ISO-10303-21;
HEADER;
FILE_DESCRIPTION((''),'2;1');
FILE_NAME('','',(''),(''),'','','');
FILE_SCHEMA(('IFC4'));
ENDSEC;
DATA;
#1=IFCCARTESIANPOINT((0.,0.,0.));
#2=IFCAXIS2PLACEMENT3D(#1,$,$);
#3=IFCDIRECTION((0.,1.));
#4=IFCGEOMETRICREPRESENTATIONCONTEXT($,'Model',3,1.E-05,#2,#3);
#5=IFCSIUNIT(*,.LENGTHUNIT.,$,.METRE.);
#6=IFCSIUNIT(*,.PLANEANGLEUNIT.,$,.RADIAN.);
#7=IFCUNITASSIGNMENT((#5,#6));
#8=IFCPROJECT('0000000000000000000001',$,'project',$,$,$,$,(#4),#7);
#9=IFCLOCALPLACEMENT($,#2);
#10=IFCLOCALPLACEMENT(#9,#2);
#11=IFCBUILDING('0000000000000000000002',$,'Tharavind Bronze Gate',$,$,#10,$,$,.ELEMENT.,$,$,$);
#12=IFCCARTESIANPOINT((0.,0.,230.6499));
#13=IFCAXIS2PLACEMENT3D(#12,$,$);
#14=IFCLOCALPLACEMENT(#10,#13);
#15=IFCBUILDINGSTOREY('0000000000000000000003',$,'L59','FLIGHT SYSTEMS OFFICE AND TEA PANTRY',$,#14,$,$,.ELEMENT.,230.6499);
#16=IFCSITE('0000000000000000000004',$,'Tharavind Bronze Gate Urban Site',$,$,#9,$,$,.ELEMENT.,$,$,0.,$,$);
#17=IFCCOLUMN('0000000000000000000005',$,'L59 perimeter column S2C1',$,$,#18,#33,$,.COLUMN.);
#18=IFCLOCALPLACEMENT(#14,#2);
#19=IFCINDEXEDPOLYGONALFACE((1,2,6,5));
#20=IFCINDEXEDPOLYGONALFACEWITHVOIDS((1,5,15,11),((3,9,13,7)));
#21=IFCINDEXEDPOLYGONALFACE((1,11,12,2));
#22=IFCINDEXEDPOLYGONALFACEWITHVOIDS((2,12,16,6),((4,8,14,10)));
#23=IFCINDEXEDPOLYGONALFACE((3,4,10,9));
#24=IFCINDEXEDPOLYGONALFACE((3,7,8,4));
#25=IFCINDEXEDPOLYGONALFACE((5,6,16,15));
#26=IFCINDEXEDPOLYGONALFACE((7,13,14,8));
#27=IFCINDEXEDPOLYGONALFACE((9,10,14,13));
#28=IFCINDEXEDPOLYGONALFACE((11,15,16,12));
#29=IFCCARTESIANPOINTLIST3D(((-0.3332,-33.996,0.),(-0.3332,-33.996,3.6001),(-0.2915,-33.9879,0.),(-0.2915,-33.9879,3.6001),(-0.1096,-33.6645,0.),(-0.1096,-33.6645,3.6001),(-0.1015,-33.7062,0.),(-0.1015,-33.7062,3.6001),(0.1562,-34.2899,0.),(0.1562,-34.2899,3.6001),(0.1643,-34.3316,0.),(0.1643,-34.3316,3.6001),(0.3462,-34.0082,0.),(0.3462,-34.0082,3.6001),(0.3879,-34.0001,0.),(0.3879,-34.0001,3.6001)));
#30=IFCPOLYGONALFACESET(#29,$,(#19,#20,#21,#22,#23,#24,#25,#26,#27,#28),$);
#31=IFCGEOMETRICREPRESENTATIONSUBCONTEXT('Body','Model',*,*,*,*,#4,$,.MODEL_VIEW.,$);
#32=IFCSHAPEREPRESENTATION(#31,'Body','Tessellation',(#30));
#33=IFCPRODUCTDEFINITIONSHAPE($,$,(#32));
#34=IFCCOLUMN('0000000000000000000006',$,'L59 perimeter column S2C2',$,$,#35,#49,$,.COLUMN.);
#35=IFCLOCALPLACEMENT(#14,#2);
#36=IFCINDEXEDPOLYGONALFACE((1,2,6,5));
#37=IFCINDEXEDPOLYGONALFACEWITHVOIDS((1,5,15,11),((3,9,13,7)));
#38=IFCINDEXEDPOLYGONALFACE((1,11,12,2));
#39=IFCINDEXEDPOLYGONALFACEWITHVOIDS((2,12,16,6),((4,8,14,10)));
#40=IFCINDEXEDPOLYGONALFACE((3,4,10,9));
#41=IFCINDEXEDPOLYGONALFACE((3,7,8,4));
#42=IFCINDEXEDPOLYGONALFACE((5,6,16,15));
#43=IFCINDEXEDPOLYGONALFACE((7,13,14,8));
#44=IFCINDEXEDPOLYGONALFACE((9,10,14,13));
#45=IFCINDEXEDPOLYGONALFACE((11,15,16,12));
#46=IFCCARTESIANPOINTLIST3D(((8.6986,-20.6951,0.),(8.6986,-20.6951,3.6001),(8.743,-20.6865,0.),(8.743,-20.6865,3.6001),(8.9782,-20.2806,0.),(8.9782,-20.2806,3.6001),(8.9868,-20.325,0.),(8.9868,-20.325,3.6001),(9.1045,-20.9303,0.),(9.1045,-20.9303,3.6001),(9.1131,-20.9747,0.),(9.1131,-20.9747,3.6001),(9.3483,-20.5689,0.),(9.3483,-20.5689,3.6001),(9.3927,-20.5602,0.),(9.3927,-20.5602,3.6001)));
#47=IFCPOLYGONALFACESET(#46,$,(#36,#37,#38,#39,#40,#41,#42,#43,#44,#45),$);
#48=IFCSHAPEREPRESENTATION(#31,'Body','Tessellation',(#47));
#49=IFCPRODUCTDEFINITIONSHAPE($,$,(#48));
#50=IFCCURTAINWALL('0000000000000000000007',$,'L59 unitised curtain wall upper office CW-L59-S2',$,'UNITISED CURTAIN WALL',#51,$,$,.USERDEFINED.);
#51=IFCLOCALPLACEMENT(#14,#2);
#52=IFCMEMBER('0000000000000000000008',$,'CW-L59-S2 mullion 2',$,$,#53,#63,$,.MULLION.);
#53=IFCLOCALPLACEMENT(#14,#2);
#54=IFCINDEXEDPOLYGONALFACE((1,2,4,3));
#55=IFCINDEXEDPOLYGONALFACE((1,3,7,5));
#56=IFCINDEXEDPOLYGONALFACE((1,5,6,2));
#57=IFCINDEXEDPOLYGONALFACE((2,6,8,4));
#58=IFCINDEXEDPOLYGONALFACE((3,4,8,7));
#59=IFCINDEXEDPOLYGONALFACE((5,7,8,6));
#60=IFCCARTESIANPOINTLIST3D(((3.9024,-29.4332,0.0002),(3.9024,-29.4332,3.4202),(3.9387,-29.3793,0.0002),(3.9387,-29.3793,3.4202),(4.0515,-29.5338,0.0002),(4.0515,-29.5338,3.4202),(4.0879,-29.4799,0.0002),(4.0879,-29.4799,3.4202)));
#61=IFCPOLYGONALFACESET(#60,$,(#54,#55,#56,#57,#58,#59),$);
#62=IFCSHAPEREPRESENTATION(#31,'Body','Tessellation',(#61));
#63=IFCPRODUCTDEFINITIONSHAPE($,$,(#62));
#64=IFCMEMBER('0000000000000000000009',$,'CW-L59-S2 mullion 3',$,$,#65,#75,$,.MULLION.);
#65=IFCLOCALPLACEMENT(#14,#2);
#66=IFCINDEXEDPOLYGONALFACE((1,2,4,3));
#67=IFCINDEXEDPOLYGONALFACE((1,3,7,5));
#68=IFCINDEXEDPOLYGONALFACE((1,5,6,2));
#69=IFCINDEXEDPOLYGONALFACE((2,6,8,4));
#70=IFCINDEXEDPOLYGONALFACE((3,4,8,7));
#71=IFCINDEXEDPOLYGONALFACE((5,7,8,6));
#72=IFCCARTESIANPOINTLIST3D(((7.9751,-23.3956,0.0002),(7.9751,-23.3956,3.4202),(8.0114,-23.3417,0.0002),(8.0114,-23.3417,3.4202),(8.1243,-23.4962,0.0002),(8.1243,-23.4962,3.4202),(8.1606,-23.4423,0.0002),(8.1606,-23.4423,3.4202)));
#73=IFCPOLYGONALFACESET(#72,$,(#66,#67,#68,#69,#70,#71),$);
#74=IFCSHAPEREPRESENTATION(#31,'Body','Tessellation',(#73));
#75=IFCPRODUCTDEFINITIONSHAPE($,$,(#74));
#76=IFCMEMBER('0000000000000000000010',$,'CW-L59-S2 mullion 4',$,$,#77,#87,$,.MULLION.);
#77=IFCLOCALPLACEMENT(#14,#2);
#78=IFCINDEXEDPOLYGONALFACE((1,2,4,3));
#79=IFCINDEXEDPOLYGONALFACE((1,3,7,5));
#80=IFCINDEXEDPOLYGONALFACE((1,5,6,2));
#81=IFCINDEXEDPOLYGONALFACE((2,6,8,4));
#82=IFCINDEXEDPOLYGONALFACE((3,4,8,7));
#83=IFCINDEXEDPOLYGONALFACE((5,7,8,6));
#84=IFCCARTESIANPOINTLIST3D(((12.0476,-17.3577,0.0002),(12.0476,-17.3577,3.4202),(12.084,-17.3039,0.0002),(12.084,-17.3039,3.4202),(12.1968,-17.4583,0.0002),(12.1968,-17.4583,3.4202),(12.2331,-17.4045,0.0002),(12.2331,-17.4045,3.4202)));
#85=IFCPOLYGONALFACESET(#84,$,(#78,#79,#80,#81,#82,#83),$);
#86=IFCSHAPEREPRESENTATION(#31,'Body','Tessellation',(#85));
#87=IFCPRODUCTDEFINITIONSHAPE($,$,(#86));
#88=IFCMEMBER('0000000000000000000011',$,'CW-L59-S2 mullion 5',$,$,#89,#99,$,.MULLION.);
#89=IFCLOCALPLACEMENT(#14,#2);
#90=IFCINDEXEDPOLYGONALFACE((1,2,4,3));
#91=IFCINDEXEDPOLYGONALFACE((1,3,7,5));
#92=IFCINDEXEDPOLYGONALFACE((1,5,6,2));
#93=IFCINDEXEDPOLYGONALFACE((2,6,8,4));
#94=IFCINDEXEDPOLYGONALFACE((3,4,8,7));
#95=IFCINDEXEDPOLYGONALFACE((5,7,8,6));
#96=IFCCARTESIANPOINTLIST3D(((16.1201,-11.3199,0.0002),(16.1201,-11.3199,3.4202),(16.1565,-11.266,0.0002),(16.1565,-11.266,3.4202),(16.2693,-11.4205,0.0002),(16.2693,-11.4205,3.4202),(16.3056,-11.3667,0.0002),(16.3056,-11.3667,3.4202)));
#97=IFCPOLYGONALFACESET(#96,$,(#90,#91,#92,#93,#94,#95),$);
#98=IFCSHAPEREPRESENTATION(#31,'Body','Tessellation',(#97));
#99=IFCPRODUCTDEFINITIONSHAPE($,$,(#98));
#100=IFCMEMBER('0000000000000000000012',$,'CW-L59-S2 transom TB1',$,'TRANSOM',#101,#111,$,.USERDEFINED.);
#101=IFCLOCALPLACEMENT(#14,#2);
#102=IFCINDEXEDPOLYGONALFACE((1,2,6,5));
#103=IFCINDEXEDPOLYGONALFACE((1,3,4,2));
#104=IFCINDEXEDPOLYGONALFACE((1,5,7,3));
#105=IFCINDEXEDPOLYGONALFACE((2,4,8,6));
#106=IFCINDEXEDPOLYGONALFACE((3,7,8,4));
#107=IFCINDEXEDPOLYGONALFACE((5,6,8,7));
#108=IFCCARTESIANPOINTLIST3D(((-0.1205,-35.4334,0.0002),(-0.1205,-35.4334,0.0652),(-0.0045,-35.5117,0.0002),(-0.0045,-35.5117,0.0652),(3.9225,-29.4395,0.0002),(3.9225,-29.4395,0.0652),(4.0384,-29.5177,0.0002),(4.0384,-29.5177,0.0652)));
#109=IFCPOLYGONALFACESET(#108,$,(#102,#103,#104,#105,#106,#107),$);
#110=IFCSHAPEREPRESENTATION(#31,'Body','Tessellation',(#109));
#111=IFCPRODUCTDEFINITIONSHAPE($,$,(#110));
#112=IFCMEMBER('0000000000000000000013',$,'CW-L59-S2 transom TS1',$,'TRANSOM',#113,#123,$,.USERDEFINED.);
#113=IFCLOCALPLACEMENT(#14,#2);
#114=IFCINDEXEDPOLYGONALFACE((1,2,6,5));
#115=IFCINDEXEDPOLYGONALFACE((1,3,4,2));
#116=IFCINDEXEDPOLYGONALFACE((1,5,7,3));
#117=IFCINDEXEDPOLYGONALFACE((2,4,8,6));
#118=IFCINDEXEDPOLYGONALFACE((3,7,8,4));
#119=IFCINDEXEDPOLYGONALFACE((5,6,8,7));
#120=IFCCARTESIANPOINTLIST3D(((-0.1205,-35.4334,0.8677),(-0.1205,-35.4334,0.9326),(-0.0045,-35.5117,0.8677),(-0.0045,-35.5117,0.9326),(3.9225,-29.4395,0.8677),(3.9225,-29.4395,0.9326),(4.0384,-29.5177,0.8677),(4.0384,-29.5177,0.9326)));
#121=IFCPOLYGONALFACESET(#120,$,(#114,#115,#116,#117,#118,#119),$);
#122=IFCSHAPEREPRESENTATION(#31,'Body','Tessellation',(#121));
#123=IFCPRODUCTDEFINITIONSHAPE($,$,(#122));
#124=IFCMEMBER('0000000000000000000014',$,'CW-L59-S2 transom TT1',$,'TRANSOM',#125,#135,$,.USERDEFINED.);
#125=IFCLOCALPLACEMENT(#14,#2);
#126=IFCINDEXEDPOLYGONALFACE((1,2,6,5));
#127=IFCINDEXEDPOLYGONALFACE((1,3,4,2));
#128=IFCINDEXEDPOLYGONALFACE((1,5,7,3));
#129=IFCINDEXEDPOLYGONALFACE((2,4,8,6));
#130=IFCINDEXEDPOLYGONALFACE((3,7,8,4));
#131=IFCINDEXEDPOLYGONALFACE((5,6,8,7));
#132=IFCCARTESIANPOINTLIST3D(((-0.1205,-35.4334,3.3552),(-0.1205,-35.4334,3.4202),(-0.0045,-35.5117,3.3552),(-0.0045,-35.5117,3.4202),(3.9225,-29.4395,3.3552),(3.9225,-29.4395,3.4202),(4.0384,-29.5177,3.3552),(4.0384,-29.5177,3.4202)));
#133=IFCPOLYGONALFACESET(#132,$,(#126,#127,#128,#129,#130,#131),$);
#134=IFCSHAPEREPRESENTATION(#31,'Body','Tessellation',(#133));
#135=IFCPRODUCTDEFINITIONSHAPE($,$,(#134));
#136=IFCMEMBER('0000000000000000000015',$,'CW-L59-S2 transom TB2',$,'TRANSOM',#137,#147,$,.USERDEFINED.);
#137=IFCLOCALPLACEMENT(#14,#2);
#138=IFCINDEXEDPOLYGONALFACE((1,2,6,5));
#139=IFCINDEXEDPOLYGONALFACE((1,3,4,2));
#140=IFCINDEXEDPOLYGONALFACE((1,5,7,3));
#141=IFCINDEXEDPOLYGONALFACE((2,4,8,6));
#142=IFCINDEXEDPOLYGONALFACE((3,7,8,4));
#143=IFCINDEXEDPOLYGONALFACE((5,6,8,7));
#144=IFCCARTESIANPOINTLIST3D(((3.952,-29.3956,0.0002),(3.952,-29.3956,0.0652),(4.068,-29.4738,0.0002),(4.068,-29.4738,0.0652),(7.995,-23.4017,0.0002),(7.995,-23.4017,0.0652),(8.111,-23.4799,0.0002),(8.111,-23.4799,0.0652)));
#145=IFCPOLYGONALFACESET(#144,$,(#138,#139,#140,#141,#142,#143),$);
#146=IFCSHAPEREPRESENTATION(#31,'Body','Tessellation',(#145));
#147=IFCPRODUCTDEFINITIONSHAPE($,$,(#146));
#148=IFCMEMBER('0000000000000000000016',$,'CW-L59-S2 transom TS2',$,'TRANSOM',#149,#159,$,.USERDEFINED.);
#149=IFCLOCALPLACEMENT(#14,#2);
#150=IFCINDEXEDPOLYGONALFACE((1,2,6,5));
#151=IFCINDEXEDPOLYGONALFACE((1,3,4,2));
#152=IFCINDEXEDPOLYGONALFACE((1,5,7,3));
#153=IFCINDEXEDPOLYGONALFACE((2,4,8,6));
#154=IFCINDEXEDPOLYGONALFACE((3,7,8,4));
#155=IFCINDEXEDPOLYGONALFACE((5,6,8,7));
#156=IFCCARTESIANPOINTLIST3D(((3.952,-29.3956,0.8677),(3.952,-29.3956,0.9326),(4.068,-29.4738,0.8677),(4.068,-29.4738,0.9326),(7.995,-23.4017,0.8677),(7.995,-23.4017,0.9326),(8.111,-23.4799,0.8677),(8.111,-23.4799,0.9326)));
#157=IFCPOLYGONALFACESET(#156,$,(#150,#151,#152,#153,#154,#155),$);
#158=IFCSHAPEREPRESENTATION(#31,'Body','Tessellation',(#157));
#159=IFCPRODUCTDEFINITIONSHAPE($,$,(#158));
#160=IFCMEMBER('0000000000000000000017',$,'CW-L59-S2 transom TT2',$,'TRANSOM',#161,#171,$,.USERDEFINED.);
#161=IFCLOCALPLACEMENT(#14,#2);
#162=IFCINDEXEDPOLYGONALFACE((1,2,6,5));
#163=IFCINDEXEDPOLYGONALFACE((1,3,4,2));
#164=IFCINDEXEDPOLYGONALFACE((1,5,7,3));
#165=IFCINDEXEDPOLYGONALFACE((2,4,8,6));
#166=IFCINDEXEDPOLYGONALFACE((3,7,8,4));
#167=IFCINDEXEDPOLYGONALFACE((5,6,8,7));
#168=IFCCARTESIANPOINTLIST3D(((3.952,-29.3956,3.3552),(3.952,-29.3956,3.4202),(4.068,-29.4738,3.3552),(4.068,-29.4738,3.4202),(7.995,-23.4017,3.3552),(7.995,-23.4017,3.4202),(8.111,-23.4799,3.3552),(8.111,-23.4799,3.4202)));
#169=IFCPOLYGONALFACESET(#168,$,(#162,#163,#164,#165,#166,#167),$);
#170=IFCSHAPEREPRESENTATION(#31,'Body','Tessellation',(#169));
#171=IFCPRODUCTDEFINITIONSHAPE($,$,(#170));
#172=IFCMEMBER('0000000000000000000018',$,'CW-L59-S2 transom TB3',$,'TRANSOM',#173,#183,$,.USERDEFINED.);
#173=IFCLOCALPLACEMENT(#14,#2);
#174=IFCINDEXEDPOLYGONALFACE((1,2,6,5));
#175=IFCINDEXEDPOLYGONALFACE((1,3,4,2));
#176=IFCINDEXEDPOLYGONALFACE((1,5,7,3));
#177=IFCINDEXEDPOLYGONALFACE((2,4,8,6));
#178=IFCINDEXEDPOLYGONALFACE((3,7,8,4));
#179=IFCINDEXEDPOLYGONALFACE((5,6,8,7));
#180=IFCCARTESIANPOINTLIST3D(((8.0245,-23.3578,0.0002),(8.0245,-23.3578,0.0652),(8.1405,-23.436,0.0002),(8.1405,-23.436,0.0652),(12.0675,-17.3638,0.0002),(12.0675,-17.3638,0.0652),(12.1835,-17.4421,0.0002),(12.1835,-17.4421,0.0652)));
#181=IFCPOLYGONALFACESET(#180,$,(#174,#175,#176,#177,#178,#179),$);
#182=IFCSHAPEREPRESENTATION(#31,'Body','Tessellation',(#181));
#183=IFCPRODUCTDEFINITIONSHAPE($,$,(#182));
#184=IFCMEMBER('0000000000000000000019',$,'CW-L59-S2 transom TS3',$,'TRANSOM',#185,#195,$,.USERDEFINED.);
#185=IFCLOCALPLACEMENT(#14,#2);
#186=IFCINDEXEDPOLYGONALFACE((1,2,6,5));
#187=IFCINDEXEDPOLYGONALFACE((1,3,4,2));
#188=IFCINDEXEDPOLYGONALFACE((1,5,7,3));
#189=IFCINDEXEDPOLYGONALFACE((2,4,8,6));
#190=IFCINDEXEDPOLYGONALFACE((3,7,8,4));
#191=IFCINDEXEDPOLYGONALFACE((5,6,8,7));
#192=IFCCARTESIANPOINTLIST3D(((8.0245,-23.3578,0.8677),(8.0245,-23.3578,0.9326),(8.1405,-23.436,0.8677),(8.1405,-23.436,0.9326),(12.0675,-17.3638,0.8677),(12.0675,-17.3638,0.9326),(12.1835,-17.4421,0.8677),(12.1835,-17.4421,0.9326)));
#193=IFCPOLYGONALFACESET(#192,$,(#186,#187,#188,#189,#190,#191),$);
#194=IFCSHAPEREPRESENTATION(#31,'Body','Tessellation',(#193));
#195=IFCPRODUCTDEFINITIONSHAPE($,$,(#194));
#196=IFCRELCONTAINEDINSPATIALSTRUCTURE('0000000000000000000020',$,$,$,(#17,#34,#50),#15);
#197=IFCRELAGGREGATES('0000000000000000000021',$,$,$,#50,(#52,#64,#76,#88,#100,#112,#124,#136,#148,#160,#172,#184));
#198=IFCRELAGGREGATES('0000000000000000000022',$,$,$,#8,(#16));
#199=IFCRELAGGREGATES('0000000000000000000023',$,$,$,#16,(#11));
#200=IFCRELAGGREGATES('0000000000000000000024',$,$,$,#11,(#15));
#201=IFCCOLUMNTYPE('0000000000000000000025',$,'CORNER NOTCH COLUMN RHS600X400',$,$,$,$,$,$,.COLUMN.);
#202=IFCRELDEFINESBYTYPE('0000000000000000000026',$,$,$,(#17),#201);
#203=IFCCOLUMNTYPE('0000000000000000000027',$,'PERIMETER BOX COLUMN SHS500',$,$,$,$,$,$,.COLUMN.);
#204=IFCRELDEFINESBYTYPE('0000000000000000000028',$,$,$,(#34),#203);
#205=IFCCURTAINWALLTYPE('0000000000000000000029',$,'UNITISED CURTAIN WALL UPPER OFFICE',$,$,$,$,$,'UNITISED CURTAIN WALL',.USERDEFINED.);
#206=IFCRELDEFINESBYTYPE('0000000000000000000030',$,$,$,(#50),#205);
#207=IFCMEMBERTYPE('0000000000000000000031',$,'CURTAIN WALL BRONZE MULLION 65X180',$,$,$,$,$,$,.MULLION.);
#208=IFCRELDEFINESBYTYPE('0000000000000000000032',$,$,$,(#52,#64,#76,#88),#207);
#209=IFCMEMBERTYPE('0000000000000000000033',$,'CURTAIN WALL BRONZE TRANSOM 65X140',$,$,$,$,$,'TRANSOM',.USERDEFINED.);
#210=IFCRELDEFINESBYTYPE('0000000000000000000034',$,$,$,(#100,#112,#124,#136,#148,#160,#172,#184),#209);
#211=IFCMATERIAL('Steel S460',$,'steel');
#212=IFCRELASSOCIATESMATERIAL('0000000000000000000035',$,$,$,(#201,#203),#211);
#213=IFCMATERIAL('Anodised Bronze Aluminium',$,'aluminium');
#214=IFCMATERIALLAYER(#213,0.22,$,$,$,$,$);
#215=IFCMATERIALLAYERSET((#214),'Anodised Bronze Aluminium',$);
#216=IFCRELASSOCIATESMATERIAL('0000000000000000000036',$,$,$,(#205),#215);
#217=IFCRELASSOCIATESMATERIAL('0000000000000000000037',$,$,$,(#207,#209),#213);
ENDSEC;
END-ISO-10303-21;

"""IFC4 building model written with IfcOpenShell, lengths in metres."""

from ifc_helpers import new_model, si_unit, direction, frame, origin, origin_2d, place, context, subcontext, project, spatial, rectangle, hollow_rectangle, extrude, material, layer, layer_set, material_profile, profile_set, type_object, element, aggregate, save


model = new_model("IFC4")

# Units and contexts
model_context = context("Model", 3, precision=1e-05, world=origin(), true_north=direction((0.0, 1.0)))
body_context = subcontext(model_context, "Body", "Model", "MODEL_VIEW")
ifc_project = project(units=[si_unit("LENGTHUNIT", "METRE"), si_unit("PLANEANGLEUNIT", "RADIAN")], contexts=[model_context])

# Site, building, storey
site_placement = place(None, origin())
site = spatial("IfcSite", under=ifc_project, at=site_placement, Name="Tharavind Bronze Gate Urban Site", CompositionType="ELEMENT", RefElevation=0.0)
building_placement = place(site_placement, origin())
building = spatial("IfcBuilding", under=site, at=building_placement, Name="Tharavind Bronze Gate", CompositionType="ELEMENT")
storey_placement = place(building_placement, frame((0.0, 0.0, 230.6499)))
storey = spatial("IfcBuildingStorey", under=building, at=storey_placement, Name="L59", Description="FLIGHT SYSTEMS OFFICE AND TEA PANTRY", CompositionType="ELEMENT", Elevation=230.6499)

# Columns
ifc_material_1 = material(Name="Steel S460", Category="steel")
ifc_material_profile_1 = material_profile(ifc_material_1, hollow_rectangle(XDim=0.3999, YDim=0.6001, WallThickness=0.03, at=origin_2d()), Name="RHS600X400X30")
ifc_profile_set_1 = profile_set([ifc_material_profile_1], Name="Steel S460")
column_type_1 = type_object("IfcColumnType", Name="CORNER NOTCH COLUMN RHS600X400", PredefinedType="COLUMN", material=ifc_profile_set_1)
column_1_placement = place(storey_placement, frame((0.0273, -33.998, 0.0), z_axis=(0.0, 0.0, 1.0), x_axis=(0.559194, 0.829037, 0.0)))
element("IfcColumn", 1, at=column_1_placement, inside=storey, type_object=column_type_1, Name="L59 perimeter column S2C1", PredefinedType="COLUMN", context=body_context, shape_type="SweptSolid", body=[
    extrude(hollow_rectangle(XDim=0.3999, YDim=0.6001, WallThickness=0.03, at=origin_2d()), origin(), (0.0, 0.0, 1.0), 3.6001),
])
ifc_material_profile_2 = material_profile(ifc_material_1, hollow_rectangle(XDim=0.5, YDim=0.5, WallThickness=0.032, at=origin_2d()), Name="SHS500X32")
ifc_profile_set_2 = profile_set([ifc_material_profile_2], Name="Steel S460")
column_type_2 = type_object("IfcColumnType", Name="PERIMETER BOX COLUMN SHS500", PredefinedType="COLUMN", material=ifc_profile_set_2)
column_2_placement = place(storey_placement, frame((9.0457, -20.6277, 0.0), z_axis=(0.0, 0.0, 1.0), x_axis=(0.559194, 0.829037, 0.0)))
element("IfcColumn", 2, at=column_2_placement, inside=storey, type_object=column_type_2, Name="L59 perimeter column S2C2", PredefinedType="COLUMN", context=body_context, shape_type="SweptSolid", body=[
    extrude(hollow_rectangle(XDim=0.5, YDim=0.5, WallThickness=0.032, at=origin_2d()), origin(), (0.0, 0.0, 1.0), 3.6001),
])

# Curtain wall, members
ifc_material_2 = material(Name="Anodised Bronze Aluminium", Category="aluminium")
ifc_layer_1 = layer(ifc_material_2, 0.22)
ifc_layer_set_1 = layer_set([ifc_layer_1], Name="Anodised Bronze Aluminium")
curtain_wall_type = type_object("IfcCurtainWallType", Name="UNITISED CURTAIN WALL UPPER OFFICE", ElementType="UNITISED CURTAIN WALL", PredefinedType="USERDEFINED", material=ifc_layer_set_1)
curtain_wall_placement = place(storey_placement, origin())
curtain_wall = element("IfcCurtainWall", 3, at=curtain_wall_placement, inside=storey, type_object=curtain_wall_type, Name="L59 unitised curtain wall upper office CW-L59-S2", ObjectType="UNITISED CURTAIN WALL", PredefinedType="USERDEFINED")
member_type_1 = type_object("IfcMemberType", Name="CURTAIN WALL BRONZE MULLION 65X180", PredefinedType="MULLION", material=ifc_material_2)
member_1_placement = place(storey_placement, frame((3.9951, -29.4565, 0.0002), z_axis=(0.0, 0.0, 1.0), x_axis=(0.559193, 0.829038, 0.0)))
member_1 = element("IfcMember", 4, at=member_1_placement, type_object=member_type_1, Name="CW-L59-S2 mullion 2", PredefinedType="MULLION", context=body_context, shape_type="SweptSolid", body=[
    extrude(rectangle(XDim=0.0649, YDim=0.1799, at=origin_2d()), origin(), (0.0, 0.0, 1.0), 3.4199),
])
member_2_placement = place(storey_placement, frame((8.0679, -23.4189, 0.0002), z_axis=(0.0, 0.0, 1.0), x_axis=(0.559193, 0.829038, 0.0)))
member_2 = element("IfcMember", 5, at=member_2_placement, type_object=member_type_1, Name="CW-L59-S2 mullion 3", PredefinedType="MULLION", context=body_context, shape_type="SweptSolid", body=[
    extrude(rectangle(XDim=0.0649, YDim=0.1799, at=origin_2d()), origin(), (0.0, 0.0, 1.0), 3.4199),
])
member_3_placement = place(storey_placement, frame((12.1404, -17.3811, 0.0002), z_axis=(0.0, 0.0, 1.0), x_axis=(0.559193, 0.829038, 0.0)))
member_3 = element("IfcMember", 6, at=member_3_placement, type_object=member_type_1, Name="CW-L59-S2 mullion 4", PredefinedType="MULLION", context=body_context, shape_type="SweptSolid", body=[
    extrude(rectangle(XDim=0.0649, YDim=0.1799, at=origin_2d()), origin(), (0.0, 0.0, 1.0), 3.4199),
])
member_4_placement = place(storey_placement, frame((16.2129, -11.3433, 0.0002), z_axis=(0.0, 0.0, 1.0), x_axis=(0.559193, 0.829038, 0.0)))
member_4 = element("IfcMember", 7, at=member_4_placement, type_object=member_type_1, Name="CW-L59-S2 mullion 5", PredefinedType="MULLION", context=body_context, shape_type="SweptSolid", body=[
    extrude(rectangle(XDim=0.0649, YDim=0.1799, at=origin_2d()), origin(), (0.0, 0.0, 1.0), 3.4199),
])
member_type_2 = type_object("IfcMemberType", Name="CURTAIN WALL BRONZE TRANSOM 65X140", ElementType="TRANSOM", PredefinedType="USERDEFINED", material=ifc_material_2)
member_5_placement = place(storey_placement, frame((1.959, -32.4756, 0.0002), z_axis=(0.0, 0.0, 1.0), x_axis=(0.559193, 0.829038, 0.0)))
member_5 = element("IfcMember", 8, at=member_5_placement, type_object=member_type_2, Name="CW-L59-S2 transom TB1", ObjectType="TRANSOM", PredefinedType="USERDEFINED", context=body_context, shape_type="SweptSolid", body=[
    extrude(rectangle(XDim=7.23, YDim=0.1399, at=origin_2d()), origin(), (0.0, 0.0, 1.0), 0.0649),
])
member_6_placement = place(storey_placement, frame((1.959, -32.4756, 0.8677), z_axis=(0.0, 0.0, 1.0), x_axis=(0.559193, 0.829038, 0.0)))
member_6 = element("IfcMember", 9, at=member_6_placement, type_object=member_type_2, Name="CW-L59-S2 transom TS1", ObjectType="TRANSOM", PredefinedType="USERDEFINED", context=body_context, shape_type="SweptSolid", body=[
    extrude(rectangle(XDim=7.23, YDim=0.1399, at=origin_2d()), origin(), (0.0, 0.0, 1.0), 0.0649),
])
member_7_placement = place(storey_placement, frame((1.959, -32.4756, 3.3552), z_axis=(0.0, 0.0, 1.0), x_axis=(0.559193, 0.829038, 0.0)))
member_7 = element("IfcMember", 10, at=member_7_placement, type_object=member_type_2, Name="CW-L59-S2 transom TT1", ObjectType="TRANSOM", PredefinedType="USERDEFINED", context=body_context, shape_type="SweptSolid", body=[
    extrude(rectangle(XDim=7.23, YDim=0.1399, at=origin_2d()), origin(), (0.0, 0.0, 1.0), 0.0649),
])
member_8_placement = place(storey_placement, frame((6.0315, -26.4377, 0.0002), z_axis=(0.0, 0.0, 1.0), x_axis=(0.559193, 0.829038, 0.0)))
member_8 = element("IfcMember", 11, at=member_8_placement, type_object=member_type_2, Name="CW-L59-S2 transom TB2", ObjectType="TRANSOM", PredefinedType="USERDEFINED", context=body_context, shape_type="SweptSolid", body=[
    extrude(rectangle(XDim=7.23, YDim=0.1399, at=origin_2d()), origin(), (0.0, 0.0, 1.0), 0.0649),
])
member_9_placement = place(storey_placement, frame((6.0315, -26.4377, 0.8677), z_axis=(0.0, 0.0, 1.0), x_axis=(0.559193, 0.829038, 0.0)))
member_9 = element("IfcMember", 12, at=member_9_placement, type_object=member_type_2, Name="CW-L59-S2 transom TS2", ObjectType="TRANSOM", PredefinedType="USERDEFINED", context=body_context, shape_type="SweptSolid", body=[
    extrude(rectangle(XDim=7.23, YDim=0.1399, at=origin_2d()), origin(), (0.0, 0.0, 1.0), 0.0649),
])
member_10_placement = place(storey_placement, frame((6.0315, -26.4377, 3.3552), z_axis=(0.0, 0.0, 1.0), x_axis=(0.559193, 0.829038, 0.0)))
member_10 = element("IfcMember", 13, at=member_10_placement, type_object=member_type_2, Name="CW-L59-S2 transom TT2", ObjectType="TRANSOM", PredefinedType="USERDEFINED", context=body_context, shape_type="SweptSolid", body=[
    extrude(rectangle(XDim=7.23, YDim=0.1399, at=origin_2d()), origin(), (0.0, 0.0, 1.0), 0.0649),
])
member_11_placement = place(storey_placement, frame((10.104, -20.3999, 0.0002), z_axis=(0.0, 0.0, 1.0), x_axis=(0.559193, 0.829038, 0.0)))
member_11 = element("IfcMember", 14, at=member_11_placement, type_object=member_type_2, Name="CW-L59-S2 transom TB3", ObjectType="TRANSOM", PredefinedType="USERDEFINED", context=body_context, shape_type="SweptSolid", body=[
    extrude(rectangle(XDim=7.23, YDim=0.1399, at=origin_2d()), origin(), (0.0, 0.0, 1.0), 0.0649),
])
member_12_placement = place(storey_placement, frame((10.104, -20.3999, 0.8677), z_axis=(0.0, 0.0, 1.0), x_axis=(0.559193, 0.829038, 0.0)))
member_12 = element("IfcMember", 15, at=member_12_placement, type_object=member_type_2, Name="CW-L59-S2 transom TS3", ObjectType="TRANSOM", PredefinedType="USERDEFINED", context=body_context, shape_type="SweptSolid", body=[
    extrude(rectangle(XDim=7.23, YDim=0.1399, at=origin_2d()), origin(), (0.0, 0.0, 1.0), 0.0649),
])

aggregate(curtain_wall, [member_1, member_2, member_3, member_4, member_5, member_6, member_7, member_8, member_9, member_10, member_11, member_12])

save(model, "model.ifc")
